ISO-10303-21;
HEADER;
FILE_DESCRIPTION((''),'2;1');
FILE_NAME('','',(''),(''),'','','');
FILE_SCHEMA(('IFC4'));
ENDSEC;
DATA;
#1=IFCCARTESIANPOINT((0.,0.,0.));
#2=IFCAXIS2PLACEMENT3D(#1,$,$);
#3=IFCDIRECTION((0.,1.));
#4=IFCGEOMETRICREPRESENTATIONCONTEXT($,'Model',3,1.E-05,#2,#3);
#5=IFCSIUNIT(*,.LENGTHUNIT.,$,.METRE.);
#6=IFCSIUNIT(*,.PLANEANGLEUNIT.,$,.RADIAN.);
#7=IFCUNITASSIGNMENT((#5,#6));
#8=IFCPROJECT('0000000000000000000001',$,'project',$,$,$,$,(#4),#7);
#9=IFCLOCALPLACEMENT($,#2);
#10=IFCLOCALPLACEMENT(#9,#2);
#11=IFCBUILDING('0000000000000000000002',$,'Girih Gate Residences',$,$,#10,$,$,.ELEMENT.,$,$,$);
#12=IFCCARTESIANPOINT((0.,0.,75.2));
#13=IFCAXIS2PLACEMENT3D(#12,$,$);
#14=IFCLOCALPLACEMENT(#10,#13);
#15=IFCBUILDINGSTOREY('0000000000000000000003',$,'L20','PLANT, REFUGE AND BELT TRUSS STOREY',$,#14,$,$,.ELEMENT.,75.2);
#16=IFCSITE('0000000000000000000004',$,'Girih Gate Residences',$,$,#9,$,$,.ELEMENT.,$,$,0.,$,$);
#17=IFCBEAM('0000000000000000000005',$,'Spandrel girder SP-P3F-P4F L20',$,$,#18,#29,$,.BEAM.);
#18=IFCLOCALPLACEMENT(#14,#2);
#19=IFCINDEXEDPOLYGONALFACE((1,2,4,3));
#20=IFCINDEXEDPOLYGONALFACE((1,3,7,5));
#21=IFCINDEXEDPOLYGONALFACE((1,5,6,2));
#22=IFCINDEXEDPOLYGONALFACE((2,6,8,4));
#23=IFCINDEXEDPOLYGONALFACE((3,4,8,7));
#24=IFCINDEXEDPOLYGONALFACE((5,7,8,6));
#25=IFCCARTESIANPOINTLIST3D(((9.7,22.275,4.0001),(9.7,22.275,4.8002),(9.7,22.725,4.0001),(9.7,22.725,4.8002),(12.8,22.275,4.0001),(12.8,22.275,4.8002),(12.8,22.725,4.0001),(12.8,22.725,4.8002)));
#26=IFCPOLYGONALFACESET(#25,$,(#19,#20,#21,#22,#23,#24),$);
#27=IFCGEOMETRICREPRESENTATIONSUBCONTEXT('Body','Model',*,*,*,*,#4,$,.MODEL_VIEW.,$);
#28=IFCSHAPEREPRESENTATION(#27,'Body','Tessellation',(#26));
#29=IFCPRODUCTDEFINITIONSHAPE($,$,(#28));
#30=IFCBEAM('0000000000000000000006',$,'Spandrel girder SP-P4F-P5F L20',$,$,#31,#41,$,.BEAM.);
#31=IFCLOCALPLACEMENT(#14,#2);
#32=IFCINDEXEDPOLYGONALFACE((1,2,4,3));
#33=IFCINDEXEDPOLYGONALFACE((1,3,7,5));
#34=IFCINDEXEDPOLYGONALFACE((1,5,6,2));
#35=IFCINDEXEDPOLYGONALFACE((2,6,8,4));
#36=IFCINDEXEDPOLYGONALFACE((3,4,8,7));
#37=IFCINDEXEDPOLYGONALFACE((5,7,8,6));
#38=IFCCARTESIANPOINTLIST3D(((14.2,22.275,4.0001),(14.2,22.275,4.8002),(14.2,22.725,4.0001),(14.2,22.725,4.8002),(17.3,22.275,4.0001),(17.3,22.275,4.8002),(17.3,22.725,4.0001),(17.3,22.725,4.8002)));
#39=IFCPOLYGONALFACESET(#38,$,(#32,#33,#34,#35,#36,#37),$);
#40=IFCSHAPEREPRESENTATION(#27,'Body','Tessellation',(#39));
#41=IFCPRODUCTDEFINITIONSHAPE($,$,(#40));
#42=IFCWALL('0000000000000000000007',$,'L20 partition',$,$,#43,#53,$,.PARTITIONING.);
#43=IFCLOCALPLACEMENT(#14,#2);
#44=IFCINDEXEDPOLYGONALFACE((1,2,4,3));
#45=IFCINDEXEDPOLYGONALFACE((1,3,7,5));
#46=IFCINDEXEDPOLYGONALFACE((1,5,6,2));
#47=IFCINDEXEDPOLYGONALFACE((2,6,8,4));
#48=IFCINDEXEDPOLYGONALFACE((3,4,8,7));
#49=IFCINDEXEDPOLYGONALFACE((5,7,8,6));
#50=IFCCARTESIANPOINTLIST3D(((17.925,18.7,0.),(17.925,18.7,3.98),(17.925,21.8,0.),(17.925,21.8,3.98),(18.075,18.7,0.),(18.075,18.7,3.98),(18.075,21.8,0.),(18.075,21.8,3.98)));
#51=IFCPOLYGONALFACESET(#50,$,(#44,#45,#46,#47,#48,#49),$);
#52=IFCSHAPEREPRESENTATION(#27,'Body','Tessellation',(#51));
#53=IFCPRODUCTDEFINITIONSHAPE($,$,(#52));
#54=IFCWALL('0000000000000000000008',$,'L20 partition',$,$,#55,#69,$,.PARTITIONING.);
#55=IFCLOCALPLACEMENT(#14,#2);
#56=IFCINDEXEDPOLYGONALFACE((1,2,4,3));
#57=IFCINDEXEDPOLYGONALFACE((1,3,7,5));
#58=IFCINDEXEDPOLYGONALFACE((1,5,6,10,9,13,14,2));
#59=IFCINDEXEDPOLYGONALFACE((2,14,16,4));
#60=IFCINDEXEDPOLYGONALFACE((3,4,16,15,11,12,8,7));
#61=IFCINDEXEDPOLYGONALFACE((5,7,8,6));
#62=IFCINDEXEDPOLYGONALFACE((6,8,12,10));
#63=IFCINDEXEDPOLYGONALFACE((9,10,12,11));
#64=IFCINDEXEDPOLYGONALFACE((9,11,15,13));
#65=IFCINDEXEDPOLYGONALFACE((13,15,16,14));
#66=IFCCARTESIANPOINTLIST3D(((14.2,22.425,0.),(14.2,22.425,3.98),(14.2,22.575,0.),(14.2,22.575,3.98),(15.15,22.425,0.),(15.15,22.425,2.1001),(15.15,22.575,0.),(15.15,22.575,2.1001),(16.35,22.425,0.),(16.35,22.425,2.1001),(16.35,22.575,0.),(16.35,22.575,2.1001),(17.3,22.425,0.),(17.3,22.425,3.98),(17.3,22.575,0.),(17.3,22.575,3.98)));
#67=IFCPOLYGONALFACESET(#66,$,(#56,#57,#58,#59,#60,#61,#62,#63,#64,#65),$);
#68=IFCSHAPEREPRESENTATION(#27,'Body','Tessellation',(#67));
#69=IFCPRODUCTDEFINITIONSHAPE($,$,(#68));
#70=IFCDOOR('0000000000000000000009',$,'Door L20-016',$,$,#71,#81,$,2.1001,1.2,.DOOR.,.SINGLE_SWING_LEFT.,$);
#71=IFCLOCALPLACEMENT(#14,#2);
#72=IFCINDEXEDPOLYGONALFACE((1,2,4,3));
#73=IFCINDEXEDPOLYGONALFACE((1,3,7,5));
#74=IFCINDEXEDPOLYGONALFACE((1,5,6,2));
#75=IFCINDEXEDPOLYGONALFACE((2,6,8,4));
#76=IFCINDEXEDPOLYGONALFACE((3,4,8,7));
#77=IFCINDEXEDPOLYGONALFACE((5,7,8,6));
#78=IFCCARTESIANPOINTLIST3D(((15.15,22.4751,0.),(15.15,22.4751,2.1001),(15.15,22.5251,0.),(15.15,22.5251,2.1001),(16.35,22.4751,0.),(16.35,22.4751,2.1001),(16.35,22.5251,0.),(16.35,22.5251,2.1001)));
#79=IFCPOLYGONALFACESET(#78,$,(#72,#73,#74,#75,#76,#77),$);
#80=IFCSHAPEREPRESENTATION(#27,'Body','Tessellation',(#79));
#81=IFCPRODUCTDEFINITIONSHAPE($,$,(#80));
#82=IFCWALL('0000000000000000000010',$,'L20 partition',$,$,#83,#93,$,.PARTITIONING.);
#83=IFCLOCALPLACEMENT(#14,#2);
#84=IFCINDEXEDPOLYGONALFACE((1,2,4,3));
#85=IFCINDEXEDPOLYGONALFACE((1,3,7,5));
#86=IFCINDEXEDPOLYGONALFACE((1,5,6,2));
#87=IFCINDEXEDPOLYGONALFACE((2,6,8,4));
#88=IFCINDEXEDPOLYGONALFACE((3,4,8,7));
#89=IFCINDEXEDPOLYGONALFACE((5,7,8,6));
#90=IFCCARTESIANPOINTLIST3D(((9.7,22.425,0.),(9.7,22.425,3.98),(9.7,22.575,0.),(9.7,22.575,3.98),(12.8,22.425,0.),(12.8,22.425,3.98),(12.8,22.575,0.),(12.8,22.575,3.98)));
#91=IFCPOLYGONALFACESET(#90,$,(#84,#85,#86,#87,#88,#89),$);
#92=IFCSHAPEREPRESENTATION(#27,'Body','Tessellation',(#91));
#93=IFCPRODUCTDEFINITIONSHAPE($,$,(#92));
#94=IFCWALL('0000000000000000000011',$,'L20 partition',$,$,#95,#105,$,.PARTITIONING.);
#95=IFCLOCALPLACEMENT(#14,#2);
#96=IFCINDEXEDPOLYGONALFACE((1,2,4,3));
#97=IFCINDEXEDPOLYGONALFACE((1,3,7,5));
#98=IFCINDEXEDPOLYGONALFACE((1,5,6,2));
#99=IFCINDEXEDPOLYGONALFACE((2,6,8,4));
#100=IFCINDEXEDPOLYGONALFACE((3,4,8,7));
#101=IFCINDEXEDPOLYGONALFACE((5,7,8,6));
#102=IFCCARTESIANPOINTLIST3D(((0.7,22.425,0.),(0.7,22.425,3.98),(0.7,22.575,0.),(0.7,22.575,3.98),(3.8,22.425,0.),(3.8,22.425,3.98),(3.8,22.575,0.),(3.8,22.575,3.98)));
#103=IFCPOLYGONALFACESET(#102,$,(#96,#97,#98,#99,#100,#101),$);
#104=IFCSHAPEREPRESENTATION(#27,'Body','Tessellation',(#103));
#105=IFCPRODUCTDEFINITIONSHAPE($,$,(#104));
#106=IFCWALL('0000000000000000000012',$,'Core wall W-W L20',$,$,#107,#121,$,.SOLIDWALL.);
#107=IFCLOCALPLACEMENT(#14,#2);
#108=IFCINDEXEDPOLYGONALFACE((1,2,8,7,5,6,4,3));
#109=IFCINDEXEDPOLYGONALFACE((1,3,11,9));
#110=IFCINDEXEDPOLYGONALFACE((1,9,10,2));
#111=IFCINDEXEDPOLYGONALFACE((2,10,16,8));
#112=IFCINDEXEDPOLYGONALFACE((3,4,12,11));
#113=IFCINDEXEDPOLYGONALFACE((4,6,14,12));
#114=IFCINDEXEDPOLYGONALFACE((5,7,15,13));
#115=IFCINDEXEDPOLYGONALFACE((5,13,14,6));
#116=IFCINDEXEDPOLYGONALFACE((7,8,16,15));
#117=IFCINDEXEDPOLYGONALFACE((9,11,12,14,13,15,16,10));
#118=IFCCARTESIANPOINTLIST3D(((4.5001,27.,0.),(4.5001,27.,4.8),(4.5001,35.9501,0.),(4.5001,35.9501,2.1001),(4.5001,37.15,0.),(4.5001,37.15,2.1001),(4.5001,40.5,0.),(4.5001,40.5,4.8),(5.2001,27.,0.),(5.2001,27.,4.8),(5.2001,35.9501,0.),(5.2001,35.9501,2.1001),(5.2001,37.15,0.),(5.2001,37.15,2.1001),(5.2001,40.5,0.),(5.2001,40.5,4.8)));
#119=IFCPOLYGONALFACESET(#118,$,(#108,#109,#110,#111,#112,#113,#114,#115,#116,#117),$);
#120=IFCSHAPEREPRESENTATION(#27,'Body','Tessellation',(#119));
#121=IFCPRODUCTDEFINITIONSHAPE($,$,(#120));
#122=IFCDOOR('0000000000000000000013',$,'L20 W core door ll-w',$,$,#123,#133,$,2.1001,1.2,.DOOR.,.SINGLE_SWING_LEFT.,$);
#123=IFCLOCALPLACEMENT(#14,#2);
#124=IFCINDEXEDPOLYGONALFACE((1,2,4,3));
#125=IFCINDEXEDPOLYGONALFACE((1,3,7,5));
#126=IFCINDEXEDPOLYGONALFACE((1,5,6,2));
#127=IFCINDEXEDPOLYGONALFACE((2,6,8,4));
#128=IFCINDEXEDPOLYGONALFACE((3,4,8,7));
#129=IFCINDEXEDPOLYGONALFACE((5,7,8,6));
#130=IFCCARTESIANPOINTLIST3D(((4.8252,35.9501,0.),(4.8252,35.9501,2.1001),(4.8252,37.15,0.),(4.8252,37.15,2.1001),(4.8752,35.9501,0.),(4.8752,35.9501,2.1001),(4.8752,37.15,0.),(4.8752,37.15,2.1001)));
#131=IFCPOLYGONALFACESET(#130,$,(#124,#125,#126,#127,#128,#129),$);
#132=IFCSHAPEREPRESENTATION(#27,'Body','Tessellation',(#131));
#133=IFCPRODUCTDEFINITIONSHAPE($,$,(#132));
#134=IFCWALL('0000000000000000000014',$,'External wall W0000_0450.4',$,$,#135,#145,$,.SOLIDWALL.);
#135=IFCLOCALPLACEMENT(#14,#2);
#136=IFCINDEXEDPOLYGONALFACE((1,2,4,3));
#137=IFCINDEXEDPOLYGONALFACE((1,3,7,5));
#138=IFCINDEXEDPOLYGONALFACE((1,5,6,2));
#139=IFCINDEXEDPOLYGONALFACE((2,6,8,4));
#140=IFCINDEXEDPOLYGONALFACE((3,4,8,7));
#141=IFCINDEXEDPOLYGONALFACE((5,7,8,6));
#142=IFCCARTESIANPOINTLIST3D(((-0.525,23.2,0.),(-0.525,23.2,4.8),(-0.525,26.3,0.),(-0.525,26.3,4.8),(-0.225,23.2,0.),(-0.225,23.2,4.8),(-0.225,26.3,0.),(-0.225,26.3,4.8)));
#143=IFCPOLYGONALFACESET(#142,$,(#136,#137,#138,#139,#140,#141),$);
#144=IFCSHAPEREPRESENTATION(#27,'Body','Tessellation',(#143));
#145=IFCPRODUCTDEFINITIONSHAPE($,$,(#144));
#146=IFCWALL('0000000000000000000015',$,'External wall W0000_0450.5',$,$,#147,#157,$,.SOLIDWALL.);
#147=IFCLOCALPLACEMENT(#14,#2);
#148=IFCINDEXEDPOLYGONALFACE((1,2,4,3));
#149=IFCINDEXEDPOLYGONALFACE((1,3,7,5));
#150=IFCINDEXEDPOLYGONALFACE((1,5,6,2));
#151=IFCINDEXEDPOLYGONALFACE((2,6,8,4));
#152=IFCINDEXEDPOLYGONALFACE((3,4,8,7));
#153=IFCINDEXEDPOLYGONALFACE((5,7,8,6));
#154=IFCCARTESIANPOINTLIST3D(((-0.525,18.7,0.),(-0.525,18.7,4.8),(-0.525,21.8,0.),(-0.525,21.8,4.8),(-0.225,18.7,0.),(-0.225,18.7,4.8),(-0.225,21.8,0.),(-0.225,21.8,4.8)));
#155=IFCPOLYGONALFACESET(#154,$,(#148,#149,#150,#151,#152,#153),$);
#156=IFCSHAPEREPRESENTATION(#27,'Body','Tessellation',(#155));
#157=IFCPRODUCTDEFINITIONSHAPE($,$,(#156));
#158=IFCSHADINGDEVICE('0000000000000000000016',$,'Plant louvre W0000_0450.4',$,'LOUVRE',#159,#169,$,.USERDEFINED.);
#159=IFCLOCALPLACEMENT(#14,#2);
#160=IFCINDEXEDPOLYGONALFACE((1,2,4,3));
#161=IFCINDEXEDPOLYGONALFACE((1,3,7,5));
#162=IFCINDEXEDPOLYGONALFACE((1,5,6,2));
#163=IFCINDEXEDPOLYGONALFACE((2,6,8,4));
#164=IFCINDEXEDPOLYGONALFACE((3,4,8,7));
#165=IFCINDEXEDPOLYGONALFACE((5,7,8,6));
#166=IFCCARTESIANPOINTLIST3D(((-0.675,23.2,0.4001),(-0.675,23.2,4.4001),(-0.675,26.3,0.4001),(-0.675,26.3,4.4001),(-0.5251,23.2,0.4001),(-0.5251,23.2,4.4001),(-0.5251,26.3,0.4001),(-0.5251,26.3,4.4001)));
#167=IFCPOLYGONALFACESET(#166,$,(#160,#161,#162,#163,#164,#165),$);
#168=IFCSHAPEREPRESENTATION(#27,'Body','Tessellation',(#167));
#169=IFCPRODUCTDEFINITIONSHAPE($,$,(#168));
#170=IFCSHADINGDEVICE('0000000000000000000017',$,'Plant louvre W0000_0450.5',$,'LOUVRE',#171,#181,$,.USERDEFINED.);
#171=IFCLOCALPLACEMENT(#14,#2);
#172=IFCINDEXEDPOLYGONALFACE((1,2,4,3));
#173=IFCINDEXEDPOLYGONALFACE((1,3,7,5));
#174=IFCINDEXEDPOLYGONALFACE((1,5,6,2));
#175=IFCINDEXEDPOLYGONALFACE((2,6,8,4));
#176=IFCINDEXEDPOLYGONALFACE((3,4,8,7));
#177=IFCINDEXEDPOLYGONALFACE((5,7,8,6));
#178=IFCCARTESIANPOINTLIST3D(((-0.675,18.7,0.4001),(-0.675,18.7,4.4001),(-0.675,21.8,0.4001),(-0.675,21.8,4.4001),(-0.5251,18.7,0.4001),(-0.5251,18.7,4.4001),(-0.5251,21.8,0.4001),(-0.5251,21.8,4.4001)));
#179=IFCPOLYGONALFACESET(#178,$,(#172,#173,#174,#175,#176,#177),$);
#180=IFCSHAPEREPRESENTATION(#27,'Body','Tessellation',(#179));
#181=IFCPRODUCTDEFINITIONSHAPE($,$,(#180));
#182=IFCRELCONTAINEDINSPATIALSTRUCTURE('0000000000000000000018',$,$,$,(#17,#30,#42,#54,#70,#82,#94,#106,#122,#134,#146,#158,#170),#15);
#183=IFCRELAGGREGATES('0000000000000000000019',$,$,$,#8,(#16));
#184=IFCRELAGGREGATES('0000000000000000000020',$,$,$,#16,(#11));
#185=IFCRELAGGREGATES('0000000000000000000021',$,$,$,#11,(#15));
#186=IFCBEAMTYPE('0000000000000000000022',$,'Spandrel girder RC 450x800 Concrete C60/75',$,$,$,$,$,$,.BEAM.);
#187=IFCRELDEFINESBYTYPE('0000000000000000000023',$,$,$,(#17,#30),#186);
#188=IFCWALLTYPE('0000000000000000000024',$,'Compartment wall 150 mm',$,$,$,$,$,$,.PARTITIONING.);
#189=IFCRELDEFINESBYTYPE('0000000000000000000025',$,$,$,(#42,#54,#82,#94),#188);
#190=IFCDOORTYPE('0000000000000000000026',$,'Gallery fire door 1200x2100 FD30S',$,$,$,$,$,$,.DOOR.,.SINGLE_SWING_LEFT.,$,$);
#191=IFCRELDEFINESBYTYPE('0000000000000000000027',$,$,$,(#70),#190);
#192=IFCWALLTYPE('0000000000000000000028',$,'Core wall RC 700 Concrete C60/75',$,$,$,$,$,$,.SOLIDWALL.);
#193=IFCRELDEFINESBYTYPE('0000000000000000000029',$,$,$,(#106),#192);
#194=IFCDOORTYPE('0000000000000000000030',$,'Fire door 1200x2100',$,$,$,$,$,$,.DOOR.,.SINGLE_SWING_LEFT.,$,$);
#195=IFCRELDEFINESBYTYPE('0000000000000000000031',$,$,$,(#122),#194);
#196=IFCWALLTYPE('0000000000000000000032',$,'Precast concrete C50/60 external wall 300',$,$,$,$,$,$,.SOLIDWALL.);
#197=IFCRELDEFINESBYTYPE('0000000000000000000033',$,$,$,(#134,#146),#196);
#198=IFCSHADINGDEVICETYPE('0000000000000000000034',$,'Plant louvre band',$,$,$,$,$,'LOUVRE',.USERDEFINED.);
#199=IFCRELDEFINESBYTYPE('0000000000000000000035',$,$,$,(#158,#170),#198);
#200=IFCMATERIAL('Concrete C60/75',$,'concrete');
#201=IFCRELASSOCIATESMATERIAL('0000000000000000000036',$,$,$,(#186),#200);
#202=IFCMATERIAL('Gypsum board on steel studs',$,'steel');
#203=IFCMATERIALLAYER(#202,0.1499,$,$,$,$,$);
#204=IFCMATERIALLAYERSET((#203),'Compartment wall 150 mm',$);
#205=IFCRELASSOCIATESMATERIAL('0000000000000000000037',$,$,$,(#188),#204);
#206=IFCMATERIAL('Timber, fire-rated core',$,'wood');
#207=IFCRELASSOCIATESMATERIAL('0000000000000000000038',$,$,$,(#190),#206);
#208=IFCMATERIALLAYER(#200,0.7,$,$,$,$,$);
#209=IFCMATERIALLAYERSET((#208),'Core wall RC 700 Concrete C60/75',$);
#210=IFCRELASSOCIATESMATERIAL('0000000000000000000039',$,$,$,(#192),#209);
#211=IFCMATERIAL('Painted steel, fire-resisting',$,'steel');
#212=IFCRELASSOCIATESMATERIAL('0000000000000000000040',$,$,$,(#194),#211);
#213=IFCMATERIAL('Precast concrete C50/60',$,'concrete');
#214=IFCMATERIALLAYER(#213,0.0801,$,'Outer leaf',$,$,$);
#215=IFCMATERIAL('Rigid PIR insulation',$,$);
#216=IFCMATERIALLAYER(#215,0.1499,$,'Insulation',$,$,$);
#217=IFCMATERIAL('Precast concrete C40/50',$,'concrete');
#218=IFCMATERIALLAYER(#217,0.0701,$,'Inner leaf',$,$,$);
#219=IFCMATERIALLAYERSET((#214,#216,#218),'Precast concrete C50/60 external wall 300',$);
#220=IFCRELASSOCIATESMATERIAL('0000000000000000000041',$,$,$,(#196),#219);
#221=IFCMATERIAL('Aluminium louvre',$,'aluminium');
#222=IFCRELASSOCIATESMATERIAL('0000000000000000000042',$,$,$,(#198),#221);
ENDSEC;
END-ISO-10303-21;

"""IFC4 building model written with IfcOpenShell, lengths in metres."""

from ifc_helpers import new_model, si_unit, direction, frame, frame_2d, origin, origin_2d, place, context, subcontext, project, spatial, rectangle, extrude, material, layer, layer_set, material_profile, profile_set, type_object, element, fill, save


model = new_model("IFC4")

# Units and contexts
model_context = context("Model", 3, precision=1e-05, world=origin(), true_north=direction((0.0, 1.0)))
body_context = subcontext(model_context, "Body", "Model", "MODEL_VIEW")
ifc_project = project(units=[si_unit("LENGTHUNIT", "METRE"), si_unit("PLANEANGLEUNIT", "RADIAN")], contexts=[model_context])

# Site, building, storey
site_placement = place(None, origin())
site = spatial("IfcSite", under=ifc_project, at=site_placement, Name="Girih Gate Residences", CompositionType="ELEMENT", RefElevation=0.0)
building_placement = place(site_placement, origin())
building = spatial("IfcBuilding", under=site, at=building_placement, Name="Girih Gate Residences", CompositionType="ELEMENT")
storey_placement = place(building_placement, frame((0.0, 0.0, 75.2)))
storey = spatial("IfcBuildingStorey", under=building, at=storey_placement, Name="L20", Description="PLANT, REFUGE AND BELT TRUSS STOREY", CompositionType="ELEMENT", Elevation=75.2)

# Beams
ifc_material_1 = material(Name="Concrete C60/75", Category="concrete")
ifc_material_profile_1 = material_profile(ifc_material_1, rectangle(XDim=0.45, YDim=0.8, at=origin_2d()))
ifc_profile_set_1 = profile_set([ifc_material_profile_1], Name="Concrete C60/75")
beam_type = type_object("IfcBeamType", Name="Spandrel girder RC 450x800 Concrete C60/75", PredefinedType="BEAM", material=ifc_profile_set_1)
for number, where, z_axis, x_axis, name in (
    (1, (9.7, 22.5, 4.4001), (1.0, 0.0, 0.0), (0.0, 1.0, 0.0), "Spandrel girder SP-P3F-P4F L20"),
    (2, (14.2, 22.5, 4.4001), (1.0, 0.0, 0.0), (0.0, 1.0, 0.0), "Spandrel girder SP-P4F-P5F L20"),
):
    element("IfcBeam", number, at=place(storey_placement, frame(where, z_axis=z_axis, x_axis=x_axis)), inside=storey, type_object=beam_type, Name=name, PredefinedType="BEAM", context=body_context, shape_type="SweptSolid", body=[
        extrude(rectangle(XDim=0.45, YDim=0.8, at=origin_2d()), origin(), (0.0, 0.0, 1.0), 3.1001),
    ])

# Wall
ifc_material_2 = material(Name="Gypsum board on steel studs", Category="steel")
ifc_layer_1 = layer(ifc_material_2, 0.1499)
ifc_layer_set_1 = layer_set([ifc_layer_1], Name="Compartment wall 150 mm")
wall_type_1 = type_object("IfcWallType", Name="Compartment wall 150 mm", PredefinedType="PARTITIONING", material=ifc_layer_set_1)
wall_1_placement = place(storey_placement, frame((18.0, 18.7, 0.0), z_axis=(0.0, 0.0, 1.0), x_axis=(0.0, 1.0, 0.0)))
element("IfcWall", 3, at=wall_1_placement, inside=storey, type_object=wall_type_1, Name="L20 partition", PredefinedType="PARTITIONING", context=body_context, shape_type="SweptSolid", body=[
    extrude(rectangle(XDim=3.1001, YDim=0.1499, at=frame_2d((1.55, 0.0))), origin(), (0.0, 0.0, 1.0), 3.98),
])

# Wall, opening, door
wall_2_placement = place(storey_placement, frame((17.3, 22.5, 0.0), z_axis=(0.0, 0.0, 1.0), x_axis=(-1.0, 0.0, 0.0)))
wall_2 = element("IfcWall", 4, at=wall_2_placement, inside=storey, type_object=wall_type_1, Name="L20 partition", PredefinedType="PARTITIONING", context=body_context, shape_type="SweptSolid", body=[
    extrude(rectangle(XDim=3.1001, YDim=0.1499, at=frame_2d((1.55, 0.0))), origin(), (0.0, 0.0, 1.0), 3.98),
])
opening_1_placement = place(wall_2_placement, frame((0.95, 0.0, 0.0)))
opening_1 = element("IfcOpeningElement", 5, at=opening_1_placement, cuts=wall_2, PredefinedType="OPENING", context=body_context, shape_type="SweptSolid", body=[
    extrude(rectangle(XDim=1.2, YDim=2.1001, at=frame_2d((0.6001, 1.05))), frame((0.0, 0.085, 0.0), z_axis=(0.0, -1.0, 0.0), x_axis=(1.0, 0.0, 0.0)), (0.0, 0.0, 1.0), 0.1699),
])
ifc_material_3 = material(Name="Timber, fire-rated core", Category="wood")
door_type_1 = type_object("IfcDoorType", Name="Gallery fire door 1200x2100 FD30S", OperationType="SINGLE_SWING_LEFT", PredefinedType="DOOR", material=ifc_material_3)
door_1_placement = place(opening_1_placement, origin())
door_1 = element("IfcDoor", 6, at=door_1_placement, inside=storey, type_object=door_type_1, Name="Door L20-016", OperationType="SINGLE_SWING_LEFT", OverallHeight=2.1001, OverallWidth=1.2, PredefinedType="DOOR", context=body_context, shape_type="SweptSolid", body=[
    extrude(rectangle(XDim=1.2, YDim=2.1001, at=frame_2d((0.6001, 1.05))), frame((0.0, 0.0249, 0.0), z_axis=(0.0, -1.0, 0.0), x_axis=(1.0, 0.0, 0.0)), (0.0, 0.0, 1.0), 0.05),
])
fill(opening_1, door_1)

# Walls
for number, where, z_axis, x_axis, name in (
    (7, (9.7, 22.5, 0.0), (0.0, 0.0, 1.0), (1.0, 0.0, 0.0), "L20 partition"),
    (8, (0.7, 22.5, 0.0), (0.0, 0.0, 1.0), (1.0, 0.0, 0.0), "L20 partition"),
):
    element("IfcWall", number, at=place(storey_placement, frame(where, z_axis=z_axis, x_axis=x_axis)), inside=storey, type_object=wall_type_1, Name=name, PredefinedType="PARTITIONING", context=body_context, shape_type="SweptSolid", body=[
        extrude(rectangle(XDim=3.1001, YDim=0.1499, at=frame_2d((1.55, 0.0))), origin(), (0.0, 0.0, 1.0), 3.98),
    ])

# Wall, opening, door
ifc_layer_2 = layer(ifc_material_1, 0.7)
ifc_layer_set_2 = layer_set([ifc_layer_2], Name="Core wall RC 700 Concrete C60/75")
wall_type_2 = type_object("IfcWallType", Name="Core wall RC 700 Concrete C60/75", PredefinedType="SOLIDWALL", material=ifc_layer_set_2)
wall_3_placement = place(storey_placement, frame((4.8501, 27.0, 0.0), z_axis=(0.0, 0.0, 1.0), x_axis=(0.0, 1.0, 0.0)))
wall_3 = element("IfcWall", 9, at=wall_3_placement, inside=storey, type_object=wall_type_2, Name="Core wall W-W L20", PredefinedType="SOLIDWALL", context=body_context, shape_type="SweptSolid", body=[
    extrude(rectangle(XDim=13.5, YDim=0.7, at=frame_2d((6.75, 0.0))), origin(), (0.0, 0.0, 1.0), 4.8),
])
opening_2_placement = place(wall_3_placement, frame((8.95, 0.0, 0.0)))
opening_2 = element("IfcOpeningElement", 10, at=opening_2_placement, cuts=wall_3, PredefinedType="OPENING", context=body_context, shape_type="SweptSolid", body=[
    extrude(rectangle(XDim=1.2, YDim=2.1001, at=frame_2d((0.6001, 1.05))), frame((0.0, 0.3599, 0.0), z_axis=(0.0, -1.0, 0.0), x_axis=(1.0, 0.0, 0.0)), (0.0, 0.0, 1.0), 0.72),
])
ifc_material_4 = material(Name="Painted steel, fire-resisting", Category="steel")
door_type_2 = type_object("IfcDoorType", Name="Fire door 1200x2100", OperationType="SINGLE_SWING_LEFT", PredefinedType="DOOR", material=ifc_material_4)
door_2_placement = place(opening_2_placement, origin())
door_2 = element("IfcDoor", 11, at=door_2_placement, inside=storey, type_object=door_type_2, Name="L20 W core door ll-w", OperationType="SINGLE_SWING_LEFT", OverallHeight=2.1001, OverallWidth=1.2, PredefinedType="DOOR", context=body_context, shape_type="SweptSolid", body=[
    extrude(rectangle(XDim=1.2, YDim=2.1001, at=frame_2d((0.6001, 1.05))), frame((0.0, 0.0249, 0.0), z_axis=(0.0, -1.0, 0.0), x_axis=(1.0, 0.0, 0.0)), (0.0, 0.0, 1.0), 0.05),
])
fill(opening_2, door_2)

# Walls
ifc_material_5 = material(Name="Precast concrete C50/60", Category="concrete")
ifc_layer_3 = layer(ifc_material_5, 0.0801, Name="Outer leaf")
ifc_material_6 = material(Name="Rigid PIR insulation")
ifc_layer_4 = layer(ifc_material_6, 0.1499, Name="Insulation")
ifc_material_7 = material(Name="Precast concrete C40/50", Category="concrete")
ifc_layer_5 = layer(ifc_material_7, 0.0701, Name="Inner leaf")
ifc_layer_set_3 = layer_set([ifc_layer_3, ifc_layer_4, ifc_layer_5], Name="Precast concrete C50/60 external wall 300")
wall_type_3 = type_object("IfcWallType", Name="Precast concrete C50/60 external wall 300", PredefinedType="SOLIDWALL", material=ifc_layer_set_3)
for number, where, z_axis, x_axis, name in (
    (12, (-0.375, 23.2, 0.0), (0.0, 0.0, 1.0), (0.0, 1.0, 0.0), "External wall W0000_0450.4"),
    (13, (-0.375, 18.7, 0.0), (0.0, 0.0, 1.0), (0.0, 1.0, 0.0), "External wall W0000_0450.5"),
):
    element("IfcWall", number, at=place(storey_placement, frame(where, z_axis=z_axis, x_axis=x_axis)), inside=storey, type_object=wall_type_3, Name=name, PredefinedType="SOLIDWALL", context=body_context, shape_type="SweptSolid", body=[
        extrude(rectangle(XDim=3.1001, YDim=0.3, at=frame_2d((1.55, 0.0))), origin(), (0.0, 0.0, 1.0), 4.8),
    ])

# Shading devices
ifc_material_8 = material(Name="Aluminium louvre", Category="aluminium")
shading_device_type = type_object("IfcShadingDeviceType", Name="Plant louvre band", ElementType="LOUVRE", PredefinedType="USERDEFINED", material=ifc_material_8)
for number, where, z_axis, x_axis, name in (
    (14, (-0.6001, 24.75, 0.4001), (0.0, 0.0, 1.0), (0.0, -1.0, 0.0), "Plant louvre W0000_0450.4"),
    (15, (-0.6001, 20.25, 0.4001), (0.0, 0.0, 1.0), (0.0, -1.0, 0.0), "Plant louvre W0000_0450.5"),
):
    element("IfcShadingDevice", number, at=place(storey_placement, frame(where, z_axis=z_axis, x_axis=x_axis)), inside=storey, type_object=shading_device_type, Name=name, ObjectType="LOUVRE", PredefinedType="USERDEFINED", context=body_context, shape_type="SweptSolid", body=[
        extrude(rectangle(XDim=3.1001, YDim=0.1499, at=origin_2d()), origin(), (0.0, 0.0, 1.0), 4.0),
    ])

save(model, "model.ifc")
